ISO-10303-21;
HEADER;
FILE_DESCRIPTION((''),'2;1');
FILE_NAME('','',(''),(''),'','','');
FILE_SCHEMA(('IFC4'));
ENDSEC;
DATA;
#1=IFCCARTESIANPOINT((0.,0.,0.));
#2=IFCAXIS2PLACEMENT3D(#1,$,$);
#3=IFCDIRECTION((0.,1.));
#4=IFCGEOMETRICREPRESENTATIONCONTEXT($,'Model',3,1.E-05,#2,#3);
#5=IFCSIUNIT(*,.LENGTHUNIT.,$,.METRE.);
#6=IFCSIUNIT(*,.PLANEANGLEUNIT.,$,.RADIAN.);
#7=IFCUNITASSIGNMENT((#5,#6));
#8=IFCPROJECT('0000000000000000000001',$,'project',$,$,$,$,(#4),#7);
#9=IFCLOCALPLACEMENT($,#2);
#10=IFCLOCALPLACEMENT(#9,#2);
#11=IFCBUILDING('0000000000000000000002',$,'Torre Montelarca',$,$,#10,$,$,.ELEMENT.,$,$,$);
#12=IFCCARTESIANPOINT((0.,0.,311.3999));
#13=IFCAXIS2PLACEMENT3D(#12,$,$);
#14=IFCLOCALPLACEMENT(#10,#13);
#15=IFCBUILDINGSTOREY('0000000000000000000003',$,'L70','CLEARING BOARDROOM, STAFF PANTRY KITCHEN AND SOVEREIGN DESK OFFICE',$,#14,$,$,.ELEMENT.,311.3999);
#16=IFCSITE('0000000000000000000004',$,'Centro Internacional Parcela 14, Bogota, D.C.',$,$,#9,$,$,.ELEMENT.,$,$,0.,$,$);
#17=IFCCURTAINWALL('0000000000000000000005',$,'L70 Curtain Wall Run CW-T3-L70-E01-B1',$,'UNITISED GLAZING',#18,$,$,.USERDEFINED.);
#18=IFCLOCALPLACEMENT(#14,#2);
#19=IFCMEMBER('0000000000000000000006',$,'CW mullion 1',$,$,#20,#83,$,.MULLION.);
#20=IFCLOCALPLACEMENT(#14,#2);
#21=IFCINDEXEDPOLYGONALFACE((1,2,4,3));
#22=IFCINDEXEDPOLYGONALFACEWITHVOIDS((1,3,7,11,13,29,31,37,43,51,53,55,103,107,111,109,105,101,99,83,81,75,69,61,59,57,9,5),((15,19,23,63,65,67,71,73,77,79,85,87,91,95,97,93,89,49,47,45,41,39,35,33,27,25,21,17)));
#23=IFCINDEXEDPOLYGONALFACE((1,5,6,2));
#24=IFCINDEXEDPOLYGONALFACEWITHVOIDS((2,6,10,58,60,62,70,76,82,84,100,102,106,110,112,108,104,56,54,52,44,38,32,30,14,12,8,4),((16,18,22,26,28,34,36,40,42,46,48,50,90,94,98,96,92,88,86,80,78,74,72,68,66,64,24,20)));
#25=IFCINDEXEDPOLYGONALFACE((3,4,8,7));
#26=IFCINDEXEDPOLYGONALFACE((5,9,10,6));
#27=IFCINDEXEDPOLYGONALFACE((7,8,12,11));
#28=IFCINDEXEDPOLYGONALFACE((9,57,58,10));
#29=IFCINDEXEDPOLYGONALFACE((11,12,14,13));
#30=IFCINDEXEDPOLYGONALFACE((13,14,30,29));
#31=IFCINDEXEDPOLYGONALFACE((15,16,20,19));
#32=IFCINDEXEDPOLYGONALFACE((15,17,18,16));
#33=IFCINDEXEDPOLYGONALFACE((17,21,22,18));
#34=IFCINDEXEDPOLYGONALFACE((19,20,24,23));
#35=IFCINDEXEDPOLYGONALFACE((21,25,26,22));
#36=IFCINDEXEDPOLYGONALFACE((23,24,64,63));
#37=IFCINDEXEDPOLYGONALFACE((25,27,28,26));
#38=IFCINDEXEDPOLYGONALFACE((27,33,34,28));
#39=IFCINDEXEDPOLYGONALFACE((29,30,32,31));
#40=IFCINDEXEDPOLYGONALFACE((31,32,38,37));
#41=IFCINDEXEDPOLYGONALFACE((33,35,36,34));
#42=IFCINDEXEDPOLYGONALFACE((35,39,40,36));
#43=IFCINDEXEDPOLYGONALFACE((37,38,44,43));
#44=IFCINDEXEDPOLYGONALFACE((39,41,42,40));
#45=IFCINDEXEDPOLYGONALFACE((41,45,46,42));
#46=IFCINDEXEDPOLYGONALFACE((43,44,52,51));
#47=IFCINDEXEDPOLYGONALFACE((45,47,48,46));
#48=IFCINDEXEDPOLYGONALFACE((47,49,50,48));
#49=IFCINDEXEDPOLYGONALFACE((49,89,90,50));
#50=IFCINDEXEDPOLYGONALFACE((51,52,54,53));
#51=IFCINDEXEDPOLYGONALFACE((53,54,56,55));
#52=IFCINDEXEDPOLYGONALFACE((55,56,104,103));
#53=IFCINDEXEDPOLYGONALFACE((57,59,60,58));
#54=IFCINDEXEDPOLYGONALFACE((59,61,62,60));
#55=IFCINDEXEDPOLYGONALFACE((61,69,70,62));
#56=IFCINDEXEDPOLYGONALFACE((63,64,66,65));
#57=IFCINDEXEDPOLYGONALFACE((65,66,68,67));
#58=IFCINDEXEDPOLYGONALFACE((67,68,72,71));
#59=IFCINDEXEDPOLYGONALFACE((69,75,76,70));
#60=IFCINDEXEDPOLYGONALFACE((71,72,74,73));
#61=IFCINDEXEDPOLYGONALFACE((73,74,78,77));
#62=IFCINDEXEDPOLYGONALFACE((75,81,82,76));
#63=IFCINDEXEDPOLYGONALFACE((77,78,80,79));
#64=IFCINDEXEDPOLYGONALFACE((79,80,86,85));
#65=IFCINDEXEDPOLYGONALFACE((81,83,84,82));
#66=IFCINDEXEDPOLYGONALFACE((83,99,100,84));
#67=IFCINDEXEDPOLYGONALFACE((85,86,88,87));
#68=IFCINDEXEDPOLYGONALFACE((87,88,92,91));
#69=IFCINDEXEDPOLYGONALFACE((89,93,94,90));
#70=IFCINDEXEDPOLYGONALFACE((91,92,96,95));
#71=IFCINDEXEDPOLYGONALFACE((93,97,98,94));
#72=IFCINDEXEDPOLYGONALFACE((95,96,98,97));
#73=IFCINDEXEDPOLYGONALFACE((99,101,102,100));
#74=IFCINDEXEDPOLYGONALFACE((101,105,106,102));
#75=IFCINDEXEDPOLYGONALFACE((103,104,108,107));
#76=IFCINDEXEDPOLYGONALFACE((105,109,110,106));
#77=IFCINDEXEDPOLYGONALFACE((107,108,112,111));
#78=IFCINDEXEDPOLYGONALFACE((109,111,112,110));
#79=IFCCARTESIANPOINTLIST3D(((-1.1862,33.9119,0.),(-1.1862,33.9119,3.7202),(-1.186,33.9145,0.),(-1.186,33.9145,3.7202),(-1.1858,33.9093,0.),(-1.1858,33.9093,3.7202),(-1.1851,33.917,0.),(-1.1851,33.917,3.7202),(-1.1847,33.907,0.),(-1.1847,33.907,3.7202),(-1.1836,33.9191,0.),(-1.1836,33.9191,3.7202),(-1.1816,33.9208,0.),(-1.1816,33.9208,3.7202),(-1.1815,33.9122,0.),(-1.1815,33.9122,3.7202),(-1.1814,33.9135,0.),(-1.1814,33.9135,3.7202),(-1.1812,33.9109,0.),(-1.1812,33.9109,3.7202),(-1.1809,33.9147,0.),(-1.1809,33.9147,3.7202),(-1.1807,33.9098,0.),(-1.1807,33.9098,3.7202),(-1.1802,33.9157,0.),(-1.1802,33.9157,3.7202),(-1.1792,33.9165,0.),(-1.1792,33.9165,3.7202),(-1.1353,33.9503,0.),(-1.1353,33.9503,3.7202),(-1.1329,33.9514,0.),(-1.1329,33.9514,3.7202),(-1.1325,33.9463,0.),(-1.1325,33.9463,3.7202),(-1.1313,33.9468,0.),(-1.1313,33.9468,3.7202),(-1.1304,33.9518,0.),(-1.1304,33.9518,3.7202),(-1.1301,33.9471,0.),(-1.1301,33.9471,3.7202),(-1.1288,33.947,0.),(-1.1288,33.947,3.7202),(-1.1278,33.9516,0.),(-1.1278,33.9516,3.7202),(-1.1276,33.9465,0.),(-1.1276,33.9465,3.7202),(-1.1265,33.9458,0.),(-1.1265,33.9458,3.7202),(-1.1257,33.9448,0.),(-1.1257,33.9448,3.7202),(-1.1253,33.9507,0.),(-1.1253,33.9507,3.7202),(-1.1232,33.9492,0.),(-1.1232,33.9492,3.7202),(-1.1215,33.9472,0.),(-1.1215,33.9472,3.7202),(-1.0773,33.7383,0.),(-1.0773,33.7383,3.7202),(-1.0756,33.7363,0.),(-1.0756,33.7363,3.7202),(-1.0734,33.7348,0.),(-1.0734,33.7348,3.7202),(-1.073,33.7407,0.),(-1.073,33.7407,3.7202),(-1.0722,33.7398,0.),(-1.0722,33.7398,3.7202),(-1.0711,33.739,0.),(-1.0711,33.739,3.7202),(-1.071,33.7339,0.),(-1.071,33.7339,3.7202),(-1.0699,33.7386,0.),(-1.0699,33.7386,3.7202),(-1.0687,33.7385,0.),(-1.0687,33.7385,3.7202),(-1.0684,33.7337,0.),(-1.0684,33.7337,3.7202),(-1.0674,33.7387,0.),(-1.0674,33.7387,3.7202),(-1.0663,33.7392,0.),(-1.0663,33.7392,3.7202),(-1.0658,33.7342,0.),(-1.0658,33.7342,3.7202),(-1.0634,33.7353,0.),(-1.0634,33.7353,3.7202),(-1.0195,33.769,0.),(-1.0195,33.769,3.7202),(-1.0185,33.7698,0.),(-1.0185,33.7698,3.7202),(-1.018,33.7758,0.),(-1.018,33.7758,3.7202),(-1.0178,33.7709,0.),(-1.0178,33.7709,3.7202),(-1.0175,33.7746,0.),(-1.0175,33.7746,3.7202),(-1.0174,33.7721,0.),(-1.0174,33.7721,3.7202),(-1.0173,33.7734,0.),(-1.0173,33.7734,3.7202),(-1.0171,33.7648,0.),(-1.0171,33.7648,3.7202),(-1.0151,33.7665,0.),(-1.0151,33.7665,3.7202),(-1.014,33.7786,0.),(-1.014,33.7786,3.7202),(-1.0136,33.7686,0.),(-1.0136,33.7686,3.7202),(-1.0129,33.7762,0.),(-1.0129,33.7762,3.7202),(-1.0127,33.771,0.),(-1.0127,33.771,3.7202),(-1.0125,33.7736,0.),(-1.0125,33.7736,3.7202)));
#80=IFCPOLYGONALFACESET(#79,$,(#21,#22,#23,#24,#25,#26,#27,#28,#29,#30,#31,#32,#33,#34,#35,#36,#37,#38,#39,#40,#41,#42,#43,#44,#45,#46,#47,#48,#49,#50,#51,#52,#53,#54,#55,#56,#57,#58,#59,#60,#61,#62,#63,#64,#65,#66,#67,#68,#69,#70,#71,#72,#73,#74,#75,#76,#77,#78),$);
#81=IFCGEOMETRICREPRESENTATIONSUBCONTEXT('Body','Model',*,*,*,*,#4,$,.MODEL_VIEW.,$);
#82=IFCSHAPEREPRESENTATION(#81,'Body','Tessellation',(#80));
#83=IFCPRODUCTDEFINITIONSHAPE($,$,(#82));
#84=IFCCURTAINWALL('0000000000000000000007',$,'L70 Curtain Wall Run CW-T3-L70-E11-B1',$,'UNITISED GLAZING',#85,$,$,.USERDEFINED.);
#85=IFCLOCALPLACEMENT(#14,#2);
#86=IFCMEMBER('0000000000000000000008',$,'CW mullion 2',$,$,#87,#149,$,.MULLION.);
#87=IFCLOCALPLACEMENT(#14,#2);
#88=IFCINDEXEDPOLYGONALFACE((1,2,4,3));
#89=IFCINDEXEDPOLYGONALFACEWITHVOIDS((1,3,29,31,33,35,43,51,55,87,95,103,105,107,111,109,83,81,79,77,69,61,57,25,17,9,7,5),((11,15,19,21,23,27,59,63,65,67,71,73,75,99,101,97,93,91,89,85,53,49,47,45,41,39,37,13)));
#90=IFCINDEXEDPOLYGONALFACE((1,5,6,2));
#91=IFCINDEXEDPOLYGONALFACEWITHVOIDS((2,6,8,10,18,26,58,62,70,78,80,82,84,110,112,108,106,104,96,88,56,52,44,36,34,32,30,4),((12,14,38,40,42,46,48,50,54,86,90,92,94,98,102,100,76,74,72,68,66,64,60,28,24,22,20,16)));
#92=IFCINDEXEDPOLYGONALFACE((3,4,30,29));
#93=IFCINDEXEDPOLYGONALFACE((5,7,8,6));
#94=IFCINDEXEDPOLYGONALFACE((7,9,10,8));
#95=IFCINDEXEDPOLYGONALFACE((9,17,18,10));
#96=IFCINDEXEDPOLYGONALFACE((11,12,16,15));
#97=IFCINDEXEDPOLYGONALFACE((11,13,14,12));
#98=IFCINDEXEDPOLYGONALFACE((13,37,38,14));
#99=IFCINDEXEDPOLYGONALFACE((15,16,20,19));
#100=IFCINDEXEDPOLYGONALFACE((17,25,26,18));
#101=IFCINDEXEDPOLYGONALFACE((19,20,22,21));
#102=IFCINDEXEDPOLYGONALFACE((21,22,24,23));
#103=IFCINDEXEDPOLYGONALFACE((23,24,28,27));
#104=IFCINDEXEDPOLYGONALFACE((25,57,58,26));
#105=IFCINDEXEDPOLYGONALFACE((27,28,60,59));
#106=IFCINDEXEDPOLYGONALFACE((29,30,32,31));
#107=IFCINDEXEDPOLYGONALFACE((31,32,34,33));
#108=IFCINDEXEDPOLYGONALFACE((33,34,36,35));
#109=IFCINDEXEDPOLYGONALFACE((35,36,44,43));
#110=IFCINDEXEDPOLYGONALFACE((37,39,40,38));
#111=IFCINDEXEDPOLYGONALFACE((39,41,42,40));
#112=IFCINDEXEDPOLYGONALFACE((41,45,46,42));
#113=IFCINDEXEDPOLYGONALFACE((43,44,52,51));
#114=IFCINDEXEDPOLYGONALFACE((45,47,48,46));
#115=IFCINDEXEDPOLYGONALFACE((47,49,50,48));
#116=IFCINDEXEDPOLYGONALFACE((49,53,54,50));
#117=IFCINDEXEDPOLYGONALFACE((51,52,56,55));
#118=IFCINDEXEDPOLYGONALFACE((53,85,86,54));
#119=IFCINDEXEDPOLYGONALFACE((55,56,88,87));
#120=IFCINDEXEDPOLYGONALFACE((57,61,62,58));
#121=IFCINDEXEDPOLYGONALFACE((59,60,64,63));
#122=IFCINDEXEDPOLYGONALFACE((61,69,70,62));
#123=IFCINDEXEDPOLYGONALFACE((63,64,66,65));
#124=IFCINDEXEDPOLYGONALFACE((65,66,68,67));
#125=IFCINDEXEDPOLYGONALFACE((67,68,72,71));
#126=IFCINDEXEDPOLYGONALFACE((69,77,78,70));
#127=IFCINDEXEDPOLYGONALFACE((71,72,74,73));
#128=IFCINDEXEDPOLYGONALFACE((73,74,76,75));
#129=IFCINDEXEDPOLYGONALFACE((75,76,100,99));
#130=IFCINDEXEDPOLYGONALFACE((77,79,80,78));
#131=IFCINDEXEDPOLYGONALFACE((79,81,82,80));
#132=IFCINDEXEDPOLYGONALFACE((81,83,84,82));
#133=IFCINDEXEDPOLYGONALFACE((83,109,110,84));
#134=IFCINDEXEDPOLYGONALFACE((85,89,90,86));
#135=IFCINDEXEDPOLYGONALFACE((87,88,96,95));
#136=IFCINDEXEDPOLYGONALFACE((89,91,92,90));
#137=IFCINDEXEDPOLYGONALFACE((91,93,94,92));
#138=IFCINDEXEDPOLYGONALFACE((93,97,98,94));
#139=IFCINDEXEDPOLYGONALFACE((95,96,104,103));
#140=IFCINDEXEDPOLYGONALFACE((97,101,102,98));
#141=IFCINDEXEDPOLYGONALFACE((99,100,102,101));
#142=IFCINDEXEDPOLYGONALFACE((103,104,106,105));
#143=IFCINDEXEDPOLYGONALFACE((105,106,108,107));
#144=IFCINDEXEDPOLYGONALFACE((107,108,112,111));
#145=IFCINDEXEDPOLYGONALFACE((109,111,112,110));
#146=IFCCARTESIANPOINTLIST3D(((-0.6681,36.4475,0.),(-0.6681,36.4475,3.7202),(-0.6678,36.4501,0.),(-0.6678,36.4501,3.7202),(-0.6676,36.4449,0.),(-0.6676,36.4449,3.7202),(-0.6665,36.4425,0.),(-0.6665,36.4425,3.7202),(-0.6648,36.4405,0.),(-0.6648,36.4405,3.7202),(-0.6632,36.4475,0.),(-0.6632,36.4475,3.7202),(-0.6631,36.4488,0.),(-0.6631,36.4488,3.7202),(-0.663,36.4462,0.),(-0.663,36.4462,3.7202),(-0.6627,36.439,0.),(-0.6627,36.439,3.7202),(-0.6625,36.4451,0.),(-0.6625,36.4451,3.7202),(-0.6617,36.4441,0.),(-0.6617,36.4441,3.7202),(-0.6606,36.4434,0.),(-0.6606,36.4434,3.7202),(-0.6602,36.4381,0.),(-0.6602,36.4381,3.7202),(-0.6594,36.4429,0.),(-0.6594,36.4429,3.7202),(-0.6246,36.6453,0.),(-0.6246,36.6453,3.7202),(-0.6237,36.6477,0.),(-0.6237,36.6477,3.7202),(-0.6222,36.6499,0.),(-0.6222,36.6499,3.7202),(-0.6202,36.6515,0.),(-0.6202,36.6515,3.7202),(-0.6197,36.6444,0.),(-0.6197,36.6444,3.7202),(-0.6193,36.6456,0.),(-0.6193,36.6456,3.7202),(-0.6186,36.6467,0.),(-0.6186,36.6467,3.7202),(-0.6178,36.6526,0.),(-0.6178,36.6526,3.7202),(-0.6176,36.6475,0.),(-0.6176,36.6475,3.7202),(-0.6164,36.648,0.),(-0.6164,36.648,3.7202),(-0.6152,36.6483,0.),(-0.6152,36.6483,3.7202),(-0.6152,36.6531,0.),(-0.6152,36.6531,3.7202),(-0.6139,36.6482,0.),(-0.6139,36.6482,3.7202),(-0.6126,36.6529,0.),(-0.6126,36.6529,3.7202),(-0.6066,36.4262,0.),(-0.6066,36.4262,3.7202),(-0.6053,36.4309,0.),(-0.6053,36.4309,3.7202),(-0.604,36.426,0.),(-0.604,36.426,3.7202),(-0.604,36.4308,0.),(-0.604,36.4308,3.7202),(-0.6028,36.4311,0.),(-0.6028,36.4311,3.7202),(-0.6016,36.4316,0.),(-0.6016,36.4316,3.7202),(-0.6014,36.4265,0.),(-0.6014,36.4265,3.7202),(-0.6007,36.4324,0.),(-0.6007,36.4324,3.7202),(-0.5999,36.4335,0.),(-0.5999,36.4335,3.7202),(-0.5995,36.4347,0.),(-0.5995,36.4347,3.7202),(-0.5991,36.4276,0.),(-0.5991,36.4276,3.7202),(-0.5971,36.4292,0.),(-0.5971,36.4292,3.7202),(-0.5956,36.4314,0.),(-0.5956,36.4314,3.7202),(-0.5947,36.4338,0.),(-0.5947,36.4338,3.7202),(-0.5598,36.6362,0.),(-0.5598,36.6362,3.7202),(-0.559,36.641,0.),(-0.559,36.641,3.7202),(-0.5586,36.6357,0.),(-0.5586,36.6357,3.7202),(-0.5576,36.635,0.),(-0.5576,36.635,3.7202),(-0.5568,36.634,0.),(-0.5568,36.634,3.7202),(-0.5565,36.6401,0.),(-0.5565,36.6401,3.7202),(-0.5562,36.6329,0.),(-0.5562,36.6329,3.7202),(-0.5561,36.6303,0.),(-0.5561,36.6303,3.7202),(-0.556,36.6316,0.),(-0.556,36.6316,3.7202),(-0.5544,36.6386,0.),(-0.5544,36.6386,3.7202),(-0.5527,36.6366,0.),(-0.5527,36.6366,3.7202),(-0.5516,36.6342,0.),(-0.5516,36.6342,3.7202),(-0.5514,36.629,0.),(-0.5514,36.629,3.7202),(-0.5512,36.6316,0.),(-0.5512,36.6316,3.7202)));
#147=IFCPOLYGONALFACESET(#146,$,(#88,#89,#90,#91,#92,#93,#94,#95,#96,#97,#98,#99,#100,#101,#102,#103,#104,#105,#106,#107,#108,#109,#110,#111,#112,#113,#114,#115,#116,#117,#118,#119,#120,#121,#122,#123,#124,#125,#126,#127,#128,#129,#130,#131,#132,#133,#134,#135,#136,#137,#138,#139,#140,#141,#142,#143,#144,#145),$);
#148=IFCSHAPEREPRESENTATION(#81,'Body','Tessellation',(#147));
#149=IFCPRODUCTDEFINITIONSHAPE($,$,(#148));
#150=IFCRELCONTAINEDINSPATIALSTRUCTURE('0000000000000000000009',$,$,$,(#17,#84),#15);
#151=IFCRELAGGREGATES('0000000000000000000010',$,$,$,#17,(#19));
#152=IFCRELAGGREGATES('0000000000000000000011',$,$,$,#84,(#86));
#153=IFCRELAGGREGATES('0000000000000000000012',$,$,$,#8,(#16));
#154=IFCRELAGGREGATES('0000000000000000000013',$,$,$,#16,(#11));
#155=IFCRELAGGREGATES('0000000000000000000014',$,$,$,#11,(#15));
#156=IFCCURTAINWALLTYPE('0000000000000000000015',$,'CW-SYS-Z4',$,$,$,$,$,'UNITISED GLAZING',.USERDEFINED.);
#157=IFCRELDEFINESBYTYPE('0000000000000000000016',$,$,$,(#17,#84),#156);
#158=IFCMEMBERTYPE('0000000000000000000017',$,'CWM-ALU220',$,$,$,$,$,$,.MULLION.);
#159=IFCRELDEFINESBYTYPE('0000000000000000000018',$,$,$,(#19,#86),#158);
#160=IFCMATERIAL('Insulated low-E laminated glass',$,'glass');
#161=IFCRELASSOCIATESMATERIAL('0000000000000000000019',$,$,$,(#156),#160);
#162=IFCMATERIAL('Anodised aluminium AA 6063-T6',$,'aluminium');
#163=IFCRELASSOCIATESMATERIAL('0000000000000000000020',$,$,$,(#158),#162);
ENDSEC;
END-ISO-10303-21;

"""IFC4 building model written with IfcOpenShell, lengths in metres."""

from ifc_helpers import new_model, si_unit, direction, frame, origin, origin_2d, place, context, subcontext, project, spatial, hollow_rectangle, extrude, source, transform, mapped, material, material_profile, profile_set, type_object, element, aggregate, save


model = new_model("IFC4")

# Units and contexts
model_context = context("Model", 3, precision=1e-05, world=origin(), true_north=direction((0.0, 1.0)))
body_context = subcontext(model_context, "Body", "Model", "MODEL_VIEW")
ifc_project = project(units=[si_unit("LENGTHUNIT", "METRE"), si_unit("PLANEANGLEUNIT", "RADIAN")], contexts=[model_context])

# Site, building, storey
site_placement = place(None, origin())
site = spatial("IfcSite", under=ifc_project, at=site_placement, Name="Centro Internacional Parcela 14, Bogota, D.C.", CompositionType="ELEMENT", RefElevation=0.0)
building_placement = place(site_placement, origin())
building = spatial("IfcBuilding", under=site, at=building_placement, Name="Torre Montelarca", CompositionType="ELEMENT")
storey_placement = place(building_placement, frame((0.0, 0.0, 311.3999)))
storey = spatial("IfcBuildingStorey", under=building, at=storey_placement, Name="L70", Description="CLEARING BOARDROOM, STAFF PANTRY KITCHEN AND SOVEREIGN DESK OFFICE", CompositionType="ELEMENT", Elevation=311.3999)

# Curtain wall, member
ifc_material_1 = material(Name="Insulated low-E laminated glass", Category="glass")
curtain_wall_type = type_object("IfcCurtainWallType", Name="CW-SYS-Z4", ElementType="UNITISED GLAZING", PredefinedType="USERDEFINED", material=ifc_material_1)
curtain_wall_1_placement = place(storey_placement, origin())
curtain_wall_1 = element("IfcCurtainWall", 1, at=curtain_wall_1_placement, inside=storey, type_object=curtain_wall_type, Name="L70 Curtain Wall Run CW-T3-L70-E01-B1", ObjectType="UNITISED GLAZING", PredefinedType="USERDEFINED")
ifc_material_2 = material(Name="Anodised aluminium AA 6063-T6", Category="aluminium")
ifc_material_profile_1 = material_profile(ifc_material_2, hollow_rectangle(XDim=0.075, YDim=0.22, WallThickness=0.0049, InnerFilletRadius=0.0049, OuterFilletRadius=0.01, at=origin_2d()), Name="ALU75X220X5", Category="aluminium")
ifc_profile_set_1 = profile_set([ifc_material_profile_1], Name="Anodised aluminium AA 6063-T6")
member_type_1 = type_object("IfcMemberType", Name="CWM-ALU220", PredefinedType="MULLION", material=ifc_profile_set_1)
shared_shape_1 = source(origin(), body_context, "Body", "SweptSolid", [
    extrude(hollow_rectangle(XDim=0.075, YDim=0.22, WallThickness=0.0049, InnerFilletRadius=0.0049, OuterFilletRadius=0.01, at=origin_2d()), origin(), (0.0, 0.0, 1.0), 3.7202),
])
member_1_placement = place(storey_placement, frame((-1.0994, 33.8428, 0.0), z_axis=(0.0, 0.0, 1.0), x_axis=(0.84339, 0.537302, 0.0)))
member_1 = element("IfcMember", 2, at=member_1_placement, type_object=member_type_1, Name="CW mullion 1", PredefinedType="MULLION", context=body_context, shape_type="MappedRepresentation", body=[
    mapped(shared_shape_1, transform((0.0, 0.0, 0.0), scale=1.0)),
])

# Curtain wall, member
curtain_wall_2_placement = place(storey_placement, origin())
curtain_wall_2 = element("IfcCurtainWall", 3, at=curtain_wall_2_placement, inside=storey, type_object=curtain_wall_type, Name="L70 Curtain Wall Run CW-T3-L70-E11-B1", ObjectType="UNITISED GLAZING", PredefinedType="USERDEFINED")
member_2_placement = place(storey_placement, frame((-0.6096, 36.5396, 0.0), z_axis=(0.0, 0.0, 1.0), x_axis=(0.976291, -0.216462, 0.0)))
member_2 = element("IfcMember", 4, at=member_2_placement, type_object=member_type_1, Name="CW mullion 2", PredefinedType="MULLION", context=body_context, shape_type="MappedRepresentation", body=[
    mapped(shared_shape_1, transform((0.0, 0.0, 0.0), scale=1.0)),
])

aggregate(curtain_wall_1, [member_1])

aggregate(curtain_wall_2, [member_2])

save(model, "model.ifc")
